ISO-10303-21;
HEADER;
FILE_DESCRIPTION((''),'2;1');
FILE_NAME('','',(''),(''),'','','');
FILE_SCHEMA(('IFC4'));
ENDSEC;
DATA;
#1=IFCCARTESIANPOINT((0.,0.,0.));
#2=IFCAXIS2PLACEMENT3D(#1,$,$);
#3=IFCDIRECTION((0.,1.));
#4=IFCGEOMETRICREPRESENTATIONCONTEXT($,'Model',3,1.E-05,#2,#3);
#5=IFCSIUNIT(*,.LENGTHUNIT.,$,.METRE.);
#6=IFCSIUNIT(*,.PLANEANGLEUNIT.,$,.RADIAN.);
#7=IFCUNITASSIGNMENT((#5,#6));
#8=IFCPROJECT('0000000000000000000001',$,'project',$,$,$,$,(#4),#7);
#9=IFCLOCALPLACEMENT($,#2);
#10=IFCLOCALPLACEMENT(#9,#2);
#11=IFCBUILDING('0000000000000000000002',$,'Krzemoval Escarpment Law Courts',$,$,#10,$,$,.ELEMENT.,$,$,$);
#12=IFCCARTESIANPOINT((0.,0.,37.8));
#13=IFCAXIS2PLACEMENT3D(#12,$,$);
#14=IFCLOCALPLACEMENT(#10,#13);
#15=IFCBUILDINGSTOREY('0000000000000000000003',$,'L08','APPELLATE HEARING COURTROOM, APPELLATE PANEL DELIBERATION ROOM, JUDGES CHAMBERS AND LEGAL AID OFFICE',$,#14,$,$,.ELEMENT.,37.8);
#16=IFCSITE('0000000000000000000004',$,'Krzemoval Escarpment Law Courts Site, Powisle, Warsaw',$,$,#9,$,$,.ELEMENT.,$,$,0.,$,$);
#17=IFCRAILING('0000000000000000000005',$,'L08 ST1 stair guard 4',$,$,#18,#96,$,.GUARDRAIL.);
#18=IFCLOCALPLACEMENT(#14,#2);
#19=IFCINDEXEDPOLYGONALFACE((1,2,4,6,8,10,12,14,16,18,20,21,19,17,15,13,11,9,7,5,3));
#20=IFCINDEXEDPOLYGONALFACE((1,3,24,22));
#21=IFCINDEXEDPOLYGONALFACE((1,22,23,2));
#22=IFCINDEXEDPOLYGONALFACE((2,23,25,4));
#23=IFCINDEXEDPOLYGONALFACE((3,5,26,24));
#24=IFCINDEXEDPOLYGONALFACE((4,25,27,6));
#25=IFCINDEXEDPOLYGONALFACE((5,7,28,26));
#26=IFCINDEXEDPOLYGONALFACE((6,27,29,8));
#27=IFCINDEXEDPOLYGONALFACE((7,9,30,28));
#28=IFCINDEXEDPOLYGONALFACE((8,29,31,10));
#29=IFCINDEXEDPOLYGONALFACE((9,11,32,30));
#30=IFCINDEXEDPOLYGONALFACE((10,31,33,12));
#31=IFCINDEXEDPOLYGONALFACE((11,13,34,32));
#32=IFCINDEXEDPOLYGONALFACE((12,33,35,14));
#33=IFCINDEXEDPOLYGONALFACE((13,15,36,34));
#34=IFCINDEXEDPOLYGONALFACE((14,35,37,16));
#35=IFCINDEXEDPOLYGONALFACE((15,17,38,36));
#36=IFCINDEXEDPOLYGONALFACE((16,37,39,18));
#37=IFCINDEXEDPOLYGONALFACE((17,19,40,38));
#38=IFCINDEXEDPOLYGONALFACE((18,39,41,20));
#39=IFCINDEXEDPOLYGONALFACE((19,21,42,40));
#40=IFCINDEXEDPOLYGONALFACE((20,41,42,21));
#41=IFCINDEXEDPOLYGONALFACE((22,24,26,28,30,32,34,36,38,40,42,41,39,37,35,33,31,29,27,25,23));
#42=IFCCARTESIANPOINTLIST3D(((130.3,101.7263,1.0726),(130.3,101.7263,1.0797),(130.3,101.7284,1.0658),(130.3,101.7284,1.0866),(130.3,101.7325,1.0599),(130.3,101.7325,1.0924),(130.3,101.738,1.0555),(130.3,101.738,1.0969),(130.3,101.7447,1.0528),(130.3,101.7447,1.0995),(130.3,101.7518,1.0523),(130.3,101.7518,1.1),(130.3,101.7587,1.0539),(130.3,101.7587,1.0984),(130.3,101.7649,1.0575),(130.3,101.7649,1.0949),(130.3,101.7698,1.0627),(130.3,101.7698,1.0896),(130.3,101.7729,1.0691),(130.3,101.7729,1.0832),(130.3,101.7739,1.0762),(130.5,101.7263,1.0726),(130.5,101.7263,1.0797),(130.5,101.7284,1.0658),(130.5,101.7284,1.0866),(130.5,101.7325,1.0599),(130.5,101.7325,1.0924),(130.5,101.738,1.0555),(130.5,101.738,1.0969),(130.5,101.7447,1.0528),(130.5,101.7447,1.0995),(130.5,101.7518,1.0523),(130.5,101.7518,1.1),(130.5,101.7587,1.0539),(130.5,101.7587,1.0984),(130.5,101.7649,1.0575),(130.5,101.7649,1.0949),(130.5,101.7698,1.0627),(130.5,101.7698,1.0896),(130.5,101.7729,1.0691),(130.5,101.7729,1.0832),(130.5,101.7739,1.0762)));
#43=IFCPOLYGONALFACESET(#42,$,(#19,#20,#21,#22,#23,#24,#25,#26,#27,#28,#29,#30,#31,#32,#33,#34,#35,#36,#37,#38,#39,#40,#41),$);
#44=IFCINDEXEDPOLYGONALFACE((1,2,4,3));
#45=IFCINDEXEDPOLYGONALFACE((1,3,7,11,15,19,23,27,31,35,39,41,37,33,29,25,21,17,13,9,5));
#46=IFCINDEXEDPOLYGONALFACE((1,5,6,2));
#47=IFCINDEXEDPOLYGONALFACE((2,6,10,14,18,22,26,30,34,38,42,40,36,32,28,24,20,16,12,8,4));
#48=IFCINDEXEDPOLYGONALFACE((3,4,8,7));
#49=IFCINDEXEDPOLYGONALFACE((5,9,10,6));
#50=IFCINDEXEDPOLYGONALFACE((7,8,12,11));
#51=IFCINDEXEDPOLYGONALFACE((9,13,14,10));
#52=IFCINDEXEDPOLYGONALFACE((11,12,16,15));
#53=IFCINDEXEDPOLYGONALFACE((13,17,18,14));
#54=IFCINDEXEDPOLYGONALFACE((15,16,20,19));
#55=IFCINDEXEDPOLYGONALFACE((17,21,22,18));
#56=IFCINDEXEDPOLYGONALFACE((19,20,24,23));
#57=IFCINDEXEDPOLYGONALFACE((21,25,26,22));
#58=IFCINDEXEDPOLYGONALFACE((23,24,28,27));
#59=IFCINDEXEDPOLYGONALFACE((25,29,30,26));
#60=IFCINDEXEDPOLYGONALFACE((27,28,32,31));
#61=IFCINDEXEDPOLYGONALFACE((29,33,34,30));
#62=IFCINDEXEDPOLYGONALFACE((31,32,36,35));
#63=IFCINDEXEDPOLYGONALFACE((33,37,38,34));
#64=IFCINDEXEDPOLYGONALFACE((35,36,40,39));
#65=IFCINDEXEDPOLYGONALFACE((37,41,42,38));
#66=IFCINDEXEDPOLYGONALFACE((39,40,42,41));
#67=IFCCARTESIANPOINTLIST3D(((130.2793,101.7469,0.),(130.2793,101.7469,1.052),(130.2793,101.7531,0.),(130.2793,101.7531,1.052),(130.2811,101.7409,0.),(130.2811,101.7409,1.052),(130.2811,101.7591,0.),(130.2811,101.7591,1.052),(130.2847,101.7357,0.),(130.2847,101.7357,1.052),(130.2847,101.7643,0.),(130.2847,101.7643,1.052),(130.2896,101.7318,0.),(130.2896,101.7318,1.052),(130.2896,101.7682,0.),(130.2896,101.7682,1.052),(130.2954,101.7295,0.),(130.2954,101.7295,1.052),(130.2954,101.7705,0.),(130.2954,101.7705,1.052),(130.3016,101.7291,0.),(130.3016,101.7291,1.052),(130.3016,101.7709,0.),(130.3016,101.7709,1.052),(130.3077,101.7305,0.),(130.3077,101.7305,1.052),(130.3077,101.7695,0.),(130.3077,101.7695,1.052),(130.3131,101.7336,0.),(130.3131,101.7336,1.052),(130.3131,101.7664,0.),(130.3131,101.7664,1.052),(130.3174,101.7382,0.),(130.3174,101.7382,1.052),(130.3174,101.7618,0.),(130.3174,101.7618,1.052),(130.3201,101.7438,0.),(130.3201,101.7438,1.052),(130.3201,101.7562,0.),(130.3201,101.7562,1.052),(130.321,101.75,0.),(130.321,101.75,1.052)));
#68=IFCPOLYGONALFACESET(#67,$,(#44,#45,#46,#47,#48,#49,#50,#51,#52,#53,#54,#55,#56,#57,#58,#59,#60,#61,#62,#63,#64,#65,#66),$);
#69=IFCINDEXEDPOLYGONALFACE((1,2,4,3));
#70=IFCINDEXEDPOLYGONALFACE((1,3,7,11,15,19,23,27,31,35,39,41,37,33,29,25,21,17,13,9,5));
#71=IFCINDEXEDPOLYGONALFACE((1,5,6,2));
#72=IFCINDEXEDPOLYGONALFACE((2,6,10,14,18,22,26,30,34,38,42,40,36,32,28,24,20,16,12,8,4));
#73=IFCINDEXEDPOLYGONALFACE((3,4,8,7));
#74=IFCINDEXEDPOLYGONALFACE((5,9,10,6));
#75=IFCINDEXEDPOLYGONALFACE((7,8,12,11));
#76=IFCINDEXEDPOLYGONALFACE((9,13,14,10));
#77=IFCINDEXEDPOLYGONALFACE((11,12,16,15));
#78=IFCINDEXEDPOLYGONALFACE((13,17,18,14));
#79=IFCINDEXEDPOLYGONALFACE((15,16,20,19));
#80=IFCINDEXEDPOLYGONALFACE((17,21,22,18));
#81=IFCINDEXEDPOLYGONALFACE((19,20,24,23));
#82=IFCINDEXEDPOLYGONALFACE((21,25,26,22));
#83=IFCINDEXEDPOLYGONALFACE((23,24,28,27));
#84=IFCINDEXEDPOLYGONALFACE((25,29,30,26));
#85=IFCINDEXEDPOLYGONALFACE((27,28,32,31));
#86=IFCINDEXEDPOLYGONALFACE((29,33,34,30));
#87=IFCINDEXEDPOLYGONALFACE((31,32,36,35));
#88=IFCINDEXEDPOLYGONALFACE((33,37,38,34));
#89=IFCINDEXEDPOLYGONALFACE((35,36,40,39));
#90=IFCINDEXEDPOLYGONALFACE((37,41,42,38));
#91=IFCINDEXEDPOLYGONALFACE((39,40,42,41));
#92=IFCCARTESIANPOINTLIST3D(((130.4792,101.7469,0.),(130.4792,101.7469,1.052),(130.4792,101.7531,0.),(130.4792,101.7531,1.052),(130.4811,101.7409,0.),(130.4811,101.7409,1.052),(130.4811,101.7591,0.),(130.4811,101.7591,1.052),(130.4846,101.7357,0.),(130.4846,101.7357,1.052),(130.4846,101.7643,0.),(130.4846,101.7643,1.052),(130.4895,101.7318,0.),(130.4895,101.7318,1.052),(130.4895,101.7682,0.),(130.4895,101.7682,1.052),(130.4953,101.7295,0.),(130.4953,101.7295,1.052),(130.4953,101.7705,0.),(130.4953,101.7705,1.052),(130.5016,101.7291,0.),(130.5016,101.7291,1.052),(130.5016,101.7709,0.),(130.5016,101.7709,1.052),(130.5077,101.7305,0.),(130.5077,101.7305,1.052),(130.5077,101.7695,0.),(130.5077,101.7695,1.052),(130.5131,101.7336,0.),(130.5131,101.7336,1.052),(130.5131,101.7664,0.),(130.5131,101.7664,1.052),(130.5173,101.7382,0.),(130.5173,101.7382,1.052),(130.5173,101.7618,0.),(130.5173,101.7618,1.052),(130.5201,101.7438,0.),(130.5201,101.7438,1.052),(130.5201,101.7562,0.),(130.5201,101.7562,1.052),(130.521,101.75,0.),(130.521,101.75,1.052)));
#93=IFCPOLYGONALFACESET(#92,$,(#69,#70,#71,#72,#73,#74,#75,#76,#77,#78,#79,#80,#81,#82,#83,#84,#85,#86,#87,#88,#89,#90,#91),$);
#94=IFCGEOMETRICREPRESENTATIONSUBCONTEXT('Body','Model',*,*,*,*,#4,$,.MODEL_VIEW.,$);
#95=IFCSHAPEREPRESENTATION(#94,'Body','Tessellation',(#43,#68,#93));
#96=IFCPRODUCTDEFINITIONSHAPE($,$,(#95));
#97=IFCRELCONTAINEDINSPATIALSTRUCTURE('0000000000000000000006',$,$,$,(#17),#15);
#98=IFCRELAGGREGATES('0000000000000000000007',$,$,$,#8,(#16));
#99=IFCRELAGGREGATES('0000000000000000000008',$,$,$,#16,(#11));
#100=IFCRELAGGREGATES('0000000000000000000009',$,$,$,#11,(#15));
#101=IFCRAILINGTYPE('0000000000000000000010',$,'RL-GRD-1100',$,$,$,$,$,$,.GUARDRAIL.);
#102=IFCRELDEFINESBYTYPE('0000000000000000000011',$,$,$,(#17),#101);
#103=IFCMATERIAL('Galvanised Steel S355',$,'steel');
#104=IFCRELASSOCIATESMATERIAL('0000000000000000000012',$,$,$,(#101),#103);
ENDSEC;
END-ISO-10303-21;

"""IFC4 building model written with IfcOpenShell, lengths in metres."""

from ifc_helpers import new_model, si_unit, direction, frame, origin, origin_2d, place, context, subcontext, project, spatial, circle, extrude, material, type_object, element, save


model = new_model("IFC4")

# Units and contexts
model_context = context("Model", 3, precision=1e-05, world=origin(), true_north=direction((0.0, 1.0)))
body_context = subcontext(model_context, "Body", "Model", "MODEL_VIEW")
ifc_project = project(units=[si_unit("LENGTHUNIT", "METRE"), si_unit("PLANEANGLEUNIT", "RADIAN")], contexts=[model_context])

# Site, building, storey
site_placement = place(None, origin())
site = spatial("IfcSite", under=ifc_project, at=site_placement, Name="Krzemoval Escarpment Law Courts Site, Powisle, Warsaw", CompositionType="ELEMENT", RefElevation=0.0)
building_placement = place(site_placement, origin())
building = spatial("IfcBuilding", under=site, at=building_placement, Name="Krzemoval Escarpment Law Courts", CompositionType="ELEMENT")
storey_placement = place(building_placement, frame((0.0, 0.0, 37.8)))
storey = spatial("IfcBuildingStorey", under=building, at=storey_placement, Name="L08", Description="APPELLATE HEARING COURTROOM, APPELLATE PANEL DELIBERATION ROOM, JUDGES CHAMBERS AND LEGAL AID OFFICE", CompositionType="ELEMENT", Elevation=37.8)

# Railing
ifc_material_1 = material(Name="Galvanised Steel S355", Category="steel")
railing_type_1 = type_object("IfcRailingType", Name="RL-GRD-1100", PredefinedType="GUARDRAIL", material=ifc_material_1)
railing_1_placement = place(storey_placement, frame((130.3, 101.75, 0.0)))
element("IfcRailing", 1, at=railing_1_placement, inside=storey, type_object=railing_type_1, Name="L08 ST1 stair guard 4", PredefinedType="GUARDRAIL", context=body_context, shape_type="SweptSolid", body=[
    extrude(circle(Radius=0.0239, at=origin_2d()), frame((0.0, 0.0, 1.0762), z_axis=(1.0, 0.0, 0.0), x_axis=(0.0, 1.0, 0.0)), (0.0, 0.0, 1.0), 0.2),
    extrude(circle(Radius=0.021, at=origin_2d()), origin(), (0.0, 0.0, 1.0), 1.052),
    extrude(circle(Radius=0.021, at=origin_2d()), frame((0.2, 0.0, 0.0)), (0.0, 0.0, 1.0), 1.052),
])

save(model, "model.ifc")
